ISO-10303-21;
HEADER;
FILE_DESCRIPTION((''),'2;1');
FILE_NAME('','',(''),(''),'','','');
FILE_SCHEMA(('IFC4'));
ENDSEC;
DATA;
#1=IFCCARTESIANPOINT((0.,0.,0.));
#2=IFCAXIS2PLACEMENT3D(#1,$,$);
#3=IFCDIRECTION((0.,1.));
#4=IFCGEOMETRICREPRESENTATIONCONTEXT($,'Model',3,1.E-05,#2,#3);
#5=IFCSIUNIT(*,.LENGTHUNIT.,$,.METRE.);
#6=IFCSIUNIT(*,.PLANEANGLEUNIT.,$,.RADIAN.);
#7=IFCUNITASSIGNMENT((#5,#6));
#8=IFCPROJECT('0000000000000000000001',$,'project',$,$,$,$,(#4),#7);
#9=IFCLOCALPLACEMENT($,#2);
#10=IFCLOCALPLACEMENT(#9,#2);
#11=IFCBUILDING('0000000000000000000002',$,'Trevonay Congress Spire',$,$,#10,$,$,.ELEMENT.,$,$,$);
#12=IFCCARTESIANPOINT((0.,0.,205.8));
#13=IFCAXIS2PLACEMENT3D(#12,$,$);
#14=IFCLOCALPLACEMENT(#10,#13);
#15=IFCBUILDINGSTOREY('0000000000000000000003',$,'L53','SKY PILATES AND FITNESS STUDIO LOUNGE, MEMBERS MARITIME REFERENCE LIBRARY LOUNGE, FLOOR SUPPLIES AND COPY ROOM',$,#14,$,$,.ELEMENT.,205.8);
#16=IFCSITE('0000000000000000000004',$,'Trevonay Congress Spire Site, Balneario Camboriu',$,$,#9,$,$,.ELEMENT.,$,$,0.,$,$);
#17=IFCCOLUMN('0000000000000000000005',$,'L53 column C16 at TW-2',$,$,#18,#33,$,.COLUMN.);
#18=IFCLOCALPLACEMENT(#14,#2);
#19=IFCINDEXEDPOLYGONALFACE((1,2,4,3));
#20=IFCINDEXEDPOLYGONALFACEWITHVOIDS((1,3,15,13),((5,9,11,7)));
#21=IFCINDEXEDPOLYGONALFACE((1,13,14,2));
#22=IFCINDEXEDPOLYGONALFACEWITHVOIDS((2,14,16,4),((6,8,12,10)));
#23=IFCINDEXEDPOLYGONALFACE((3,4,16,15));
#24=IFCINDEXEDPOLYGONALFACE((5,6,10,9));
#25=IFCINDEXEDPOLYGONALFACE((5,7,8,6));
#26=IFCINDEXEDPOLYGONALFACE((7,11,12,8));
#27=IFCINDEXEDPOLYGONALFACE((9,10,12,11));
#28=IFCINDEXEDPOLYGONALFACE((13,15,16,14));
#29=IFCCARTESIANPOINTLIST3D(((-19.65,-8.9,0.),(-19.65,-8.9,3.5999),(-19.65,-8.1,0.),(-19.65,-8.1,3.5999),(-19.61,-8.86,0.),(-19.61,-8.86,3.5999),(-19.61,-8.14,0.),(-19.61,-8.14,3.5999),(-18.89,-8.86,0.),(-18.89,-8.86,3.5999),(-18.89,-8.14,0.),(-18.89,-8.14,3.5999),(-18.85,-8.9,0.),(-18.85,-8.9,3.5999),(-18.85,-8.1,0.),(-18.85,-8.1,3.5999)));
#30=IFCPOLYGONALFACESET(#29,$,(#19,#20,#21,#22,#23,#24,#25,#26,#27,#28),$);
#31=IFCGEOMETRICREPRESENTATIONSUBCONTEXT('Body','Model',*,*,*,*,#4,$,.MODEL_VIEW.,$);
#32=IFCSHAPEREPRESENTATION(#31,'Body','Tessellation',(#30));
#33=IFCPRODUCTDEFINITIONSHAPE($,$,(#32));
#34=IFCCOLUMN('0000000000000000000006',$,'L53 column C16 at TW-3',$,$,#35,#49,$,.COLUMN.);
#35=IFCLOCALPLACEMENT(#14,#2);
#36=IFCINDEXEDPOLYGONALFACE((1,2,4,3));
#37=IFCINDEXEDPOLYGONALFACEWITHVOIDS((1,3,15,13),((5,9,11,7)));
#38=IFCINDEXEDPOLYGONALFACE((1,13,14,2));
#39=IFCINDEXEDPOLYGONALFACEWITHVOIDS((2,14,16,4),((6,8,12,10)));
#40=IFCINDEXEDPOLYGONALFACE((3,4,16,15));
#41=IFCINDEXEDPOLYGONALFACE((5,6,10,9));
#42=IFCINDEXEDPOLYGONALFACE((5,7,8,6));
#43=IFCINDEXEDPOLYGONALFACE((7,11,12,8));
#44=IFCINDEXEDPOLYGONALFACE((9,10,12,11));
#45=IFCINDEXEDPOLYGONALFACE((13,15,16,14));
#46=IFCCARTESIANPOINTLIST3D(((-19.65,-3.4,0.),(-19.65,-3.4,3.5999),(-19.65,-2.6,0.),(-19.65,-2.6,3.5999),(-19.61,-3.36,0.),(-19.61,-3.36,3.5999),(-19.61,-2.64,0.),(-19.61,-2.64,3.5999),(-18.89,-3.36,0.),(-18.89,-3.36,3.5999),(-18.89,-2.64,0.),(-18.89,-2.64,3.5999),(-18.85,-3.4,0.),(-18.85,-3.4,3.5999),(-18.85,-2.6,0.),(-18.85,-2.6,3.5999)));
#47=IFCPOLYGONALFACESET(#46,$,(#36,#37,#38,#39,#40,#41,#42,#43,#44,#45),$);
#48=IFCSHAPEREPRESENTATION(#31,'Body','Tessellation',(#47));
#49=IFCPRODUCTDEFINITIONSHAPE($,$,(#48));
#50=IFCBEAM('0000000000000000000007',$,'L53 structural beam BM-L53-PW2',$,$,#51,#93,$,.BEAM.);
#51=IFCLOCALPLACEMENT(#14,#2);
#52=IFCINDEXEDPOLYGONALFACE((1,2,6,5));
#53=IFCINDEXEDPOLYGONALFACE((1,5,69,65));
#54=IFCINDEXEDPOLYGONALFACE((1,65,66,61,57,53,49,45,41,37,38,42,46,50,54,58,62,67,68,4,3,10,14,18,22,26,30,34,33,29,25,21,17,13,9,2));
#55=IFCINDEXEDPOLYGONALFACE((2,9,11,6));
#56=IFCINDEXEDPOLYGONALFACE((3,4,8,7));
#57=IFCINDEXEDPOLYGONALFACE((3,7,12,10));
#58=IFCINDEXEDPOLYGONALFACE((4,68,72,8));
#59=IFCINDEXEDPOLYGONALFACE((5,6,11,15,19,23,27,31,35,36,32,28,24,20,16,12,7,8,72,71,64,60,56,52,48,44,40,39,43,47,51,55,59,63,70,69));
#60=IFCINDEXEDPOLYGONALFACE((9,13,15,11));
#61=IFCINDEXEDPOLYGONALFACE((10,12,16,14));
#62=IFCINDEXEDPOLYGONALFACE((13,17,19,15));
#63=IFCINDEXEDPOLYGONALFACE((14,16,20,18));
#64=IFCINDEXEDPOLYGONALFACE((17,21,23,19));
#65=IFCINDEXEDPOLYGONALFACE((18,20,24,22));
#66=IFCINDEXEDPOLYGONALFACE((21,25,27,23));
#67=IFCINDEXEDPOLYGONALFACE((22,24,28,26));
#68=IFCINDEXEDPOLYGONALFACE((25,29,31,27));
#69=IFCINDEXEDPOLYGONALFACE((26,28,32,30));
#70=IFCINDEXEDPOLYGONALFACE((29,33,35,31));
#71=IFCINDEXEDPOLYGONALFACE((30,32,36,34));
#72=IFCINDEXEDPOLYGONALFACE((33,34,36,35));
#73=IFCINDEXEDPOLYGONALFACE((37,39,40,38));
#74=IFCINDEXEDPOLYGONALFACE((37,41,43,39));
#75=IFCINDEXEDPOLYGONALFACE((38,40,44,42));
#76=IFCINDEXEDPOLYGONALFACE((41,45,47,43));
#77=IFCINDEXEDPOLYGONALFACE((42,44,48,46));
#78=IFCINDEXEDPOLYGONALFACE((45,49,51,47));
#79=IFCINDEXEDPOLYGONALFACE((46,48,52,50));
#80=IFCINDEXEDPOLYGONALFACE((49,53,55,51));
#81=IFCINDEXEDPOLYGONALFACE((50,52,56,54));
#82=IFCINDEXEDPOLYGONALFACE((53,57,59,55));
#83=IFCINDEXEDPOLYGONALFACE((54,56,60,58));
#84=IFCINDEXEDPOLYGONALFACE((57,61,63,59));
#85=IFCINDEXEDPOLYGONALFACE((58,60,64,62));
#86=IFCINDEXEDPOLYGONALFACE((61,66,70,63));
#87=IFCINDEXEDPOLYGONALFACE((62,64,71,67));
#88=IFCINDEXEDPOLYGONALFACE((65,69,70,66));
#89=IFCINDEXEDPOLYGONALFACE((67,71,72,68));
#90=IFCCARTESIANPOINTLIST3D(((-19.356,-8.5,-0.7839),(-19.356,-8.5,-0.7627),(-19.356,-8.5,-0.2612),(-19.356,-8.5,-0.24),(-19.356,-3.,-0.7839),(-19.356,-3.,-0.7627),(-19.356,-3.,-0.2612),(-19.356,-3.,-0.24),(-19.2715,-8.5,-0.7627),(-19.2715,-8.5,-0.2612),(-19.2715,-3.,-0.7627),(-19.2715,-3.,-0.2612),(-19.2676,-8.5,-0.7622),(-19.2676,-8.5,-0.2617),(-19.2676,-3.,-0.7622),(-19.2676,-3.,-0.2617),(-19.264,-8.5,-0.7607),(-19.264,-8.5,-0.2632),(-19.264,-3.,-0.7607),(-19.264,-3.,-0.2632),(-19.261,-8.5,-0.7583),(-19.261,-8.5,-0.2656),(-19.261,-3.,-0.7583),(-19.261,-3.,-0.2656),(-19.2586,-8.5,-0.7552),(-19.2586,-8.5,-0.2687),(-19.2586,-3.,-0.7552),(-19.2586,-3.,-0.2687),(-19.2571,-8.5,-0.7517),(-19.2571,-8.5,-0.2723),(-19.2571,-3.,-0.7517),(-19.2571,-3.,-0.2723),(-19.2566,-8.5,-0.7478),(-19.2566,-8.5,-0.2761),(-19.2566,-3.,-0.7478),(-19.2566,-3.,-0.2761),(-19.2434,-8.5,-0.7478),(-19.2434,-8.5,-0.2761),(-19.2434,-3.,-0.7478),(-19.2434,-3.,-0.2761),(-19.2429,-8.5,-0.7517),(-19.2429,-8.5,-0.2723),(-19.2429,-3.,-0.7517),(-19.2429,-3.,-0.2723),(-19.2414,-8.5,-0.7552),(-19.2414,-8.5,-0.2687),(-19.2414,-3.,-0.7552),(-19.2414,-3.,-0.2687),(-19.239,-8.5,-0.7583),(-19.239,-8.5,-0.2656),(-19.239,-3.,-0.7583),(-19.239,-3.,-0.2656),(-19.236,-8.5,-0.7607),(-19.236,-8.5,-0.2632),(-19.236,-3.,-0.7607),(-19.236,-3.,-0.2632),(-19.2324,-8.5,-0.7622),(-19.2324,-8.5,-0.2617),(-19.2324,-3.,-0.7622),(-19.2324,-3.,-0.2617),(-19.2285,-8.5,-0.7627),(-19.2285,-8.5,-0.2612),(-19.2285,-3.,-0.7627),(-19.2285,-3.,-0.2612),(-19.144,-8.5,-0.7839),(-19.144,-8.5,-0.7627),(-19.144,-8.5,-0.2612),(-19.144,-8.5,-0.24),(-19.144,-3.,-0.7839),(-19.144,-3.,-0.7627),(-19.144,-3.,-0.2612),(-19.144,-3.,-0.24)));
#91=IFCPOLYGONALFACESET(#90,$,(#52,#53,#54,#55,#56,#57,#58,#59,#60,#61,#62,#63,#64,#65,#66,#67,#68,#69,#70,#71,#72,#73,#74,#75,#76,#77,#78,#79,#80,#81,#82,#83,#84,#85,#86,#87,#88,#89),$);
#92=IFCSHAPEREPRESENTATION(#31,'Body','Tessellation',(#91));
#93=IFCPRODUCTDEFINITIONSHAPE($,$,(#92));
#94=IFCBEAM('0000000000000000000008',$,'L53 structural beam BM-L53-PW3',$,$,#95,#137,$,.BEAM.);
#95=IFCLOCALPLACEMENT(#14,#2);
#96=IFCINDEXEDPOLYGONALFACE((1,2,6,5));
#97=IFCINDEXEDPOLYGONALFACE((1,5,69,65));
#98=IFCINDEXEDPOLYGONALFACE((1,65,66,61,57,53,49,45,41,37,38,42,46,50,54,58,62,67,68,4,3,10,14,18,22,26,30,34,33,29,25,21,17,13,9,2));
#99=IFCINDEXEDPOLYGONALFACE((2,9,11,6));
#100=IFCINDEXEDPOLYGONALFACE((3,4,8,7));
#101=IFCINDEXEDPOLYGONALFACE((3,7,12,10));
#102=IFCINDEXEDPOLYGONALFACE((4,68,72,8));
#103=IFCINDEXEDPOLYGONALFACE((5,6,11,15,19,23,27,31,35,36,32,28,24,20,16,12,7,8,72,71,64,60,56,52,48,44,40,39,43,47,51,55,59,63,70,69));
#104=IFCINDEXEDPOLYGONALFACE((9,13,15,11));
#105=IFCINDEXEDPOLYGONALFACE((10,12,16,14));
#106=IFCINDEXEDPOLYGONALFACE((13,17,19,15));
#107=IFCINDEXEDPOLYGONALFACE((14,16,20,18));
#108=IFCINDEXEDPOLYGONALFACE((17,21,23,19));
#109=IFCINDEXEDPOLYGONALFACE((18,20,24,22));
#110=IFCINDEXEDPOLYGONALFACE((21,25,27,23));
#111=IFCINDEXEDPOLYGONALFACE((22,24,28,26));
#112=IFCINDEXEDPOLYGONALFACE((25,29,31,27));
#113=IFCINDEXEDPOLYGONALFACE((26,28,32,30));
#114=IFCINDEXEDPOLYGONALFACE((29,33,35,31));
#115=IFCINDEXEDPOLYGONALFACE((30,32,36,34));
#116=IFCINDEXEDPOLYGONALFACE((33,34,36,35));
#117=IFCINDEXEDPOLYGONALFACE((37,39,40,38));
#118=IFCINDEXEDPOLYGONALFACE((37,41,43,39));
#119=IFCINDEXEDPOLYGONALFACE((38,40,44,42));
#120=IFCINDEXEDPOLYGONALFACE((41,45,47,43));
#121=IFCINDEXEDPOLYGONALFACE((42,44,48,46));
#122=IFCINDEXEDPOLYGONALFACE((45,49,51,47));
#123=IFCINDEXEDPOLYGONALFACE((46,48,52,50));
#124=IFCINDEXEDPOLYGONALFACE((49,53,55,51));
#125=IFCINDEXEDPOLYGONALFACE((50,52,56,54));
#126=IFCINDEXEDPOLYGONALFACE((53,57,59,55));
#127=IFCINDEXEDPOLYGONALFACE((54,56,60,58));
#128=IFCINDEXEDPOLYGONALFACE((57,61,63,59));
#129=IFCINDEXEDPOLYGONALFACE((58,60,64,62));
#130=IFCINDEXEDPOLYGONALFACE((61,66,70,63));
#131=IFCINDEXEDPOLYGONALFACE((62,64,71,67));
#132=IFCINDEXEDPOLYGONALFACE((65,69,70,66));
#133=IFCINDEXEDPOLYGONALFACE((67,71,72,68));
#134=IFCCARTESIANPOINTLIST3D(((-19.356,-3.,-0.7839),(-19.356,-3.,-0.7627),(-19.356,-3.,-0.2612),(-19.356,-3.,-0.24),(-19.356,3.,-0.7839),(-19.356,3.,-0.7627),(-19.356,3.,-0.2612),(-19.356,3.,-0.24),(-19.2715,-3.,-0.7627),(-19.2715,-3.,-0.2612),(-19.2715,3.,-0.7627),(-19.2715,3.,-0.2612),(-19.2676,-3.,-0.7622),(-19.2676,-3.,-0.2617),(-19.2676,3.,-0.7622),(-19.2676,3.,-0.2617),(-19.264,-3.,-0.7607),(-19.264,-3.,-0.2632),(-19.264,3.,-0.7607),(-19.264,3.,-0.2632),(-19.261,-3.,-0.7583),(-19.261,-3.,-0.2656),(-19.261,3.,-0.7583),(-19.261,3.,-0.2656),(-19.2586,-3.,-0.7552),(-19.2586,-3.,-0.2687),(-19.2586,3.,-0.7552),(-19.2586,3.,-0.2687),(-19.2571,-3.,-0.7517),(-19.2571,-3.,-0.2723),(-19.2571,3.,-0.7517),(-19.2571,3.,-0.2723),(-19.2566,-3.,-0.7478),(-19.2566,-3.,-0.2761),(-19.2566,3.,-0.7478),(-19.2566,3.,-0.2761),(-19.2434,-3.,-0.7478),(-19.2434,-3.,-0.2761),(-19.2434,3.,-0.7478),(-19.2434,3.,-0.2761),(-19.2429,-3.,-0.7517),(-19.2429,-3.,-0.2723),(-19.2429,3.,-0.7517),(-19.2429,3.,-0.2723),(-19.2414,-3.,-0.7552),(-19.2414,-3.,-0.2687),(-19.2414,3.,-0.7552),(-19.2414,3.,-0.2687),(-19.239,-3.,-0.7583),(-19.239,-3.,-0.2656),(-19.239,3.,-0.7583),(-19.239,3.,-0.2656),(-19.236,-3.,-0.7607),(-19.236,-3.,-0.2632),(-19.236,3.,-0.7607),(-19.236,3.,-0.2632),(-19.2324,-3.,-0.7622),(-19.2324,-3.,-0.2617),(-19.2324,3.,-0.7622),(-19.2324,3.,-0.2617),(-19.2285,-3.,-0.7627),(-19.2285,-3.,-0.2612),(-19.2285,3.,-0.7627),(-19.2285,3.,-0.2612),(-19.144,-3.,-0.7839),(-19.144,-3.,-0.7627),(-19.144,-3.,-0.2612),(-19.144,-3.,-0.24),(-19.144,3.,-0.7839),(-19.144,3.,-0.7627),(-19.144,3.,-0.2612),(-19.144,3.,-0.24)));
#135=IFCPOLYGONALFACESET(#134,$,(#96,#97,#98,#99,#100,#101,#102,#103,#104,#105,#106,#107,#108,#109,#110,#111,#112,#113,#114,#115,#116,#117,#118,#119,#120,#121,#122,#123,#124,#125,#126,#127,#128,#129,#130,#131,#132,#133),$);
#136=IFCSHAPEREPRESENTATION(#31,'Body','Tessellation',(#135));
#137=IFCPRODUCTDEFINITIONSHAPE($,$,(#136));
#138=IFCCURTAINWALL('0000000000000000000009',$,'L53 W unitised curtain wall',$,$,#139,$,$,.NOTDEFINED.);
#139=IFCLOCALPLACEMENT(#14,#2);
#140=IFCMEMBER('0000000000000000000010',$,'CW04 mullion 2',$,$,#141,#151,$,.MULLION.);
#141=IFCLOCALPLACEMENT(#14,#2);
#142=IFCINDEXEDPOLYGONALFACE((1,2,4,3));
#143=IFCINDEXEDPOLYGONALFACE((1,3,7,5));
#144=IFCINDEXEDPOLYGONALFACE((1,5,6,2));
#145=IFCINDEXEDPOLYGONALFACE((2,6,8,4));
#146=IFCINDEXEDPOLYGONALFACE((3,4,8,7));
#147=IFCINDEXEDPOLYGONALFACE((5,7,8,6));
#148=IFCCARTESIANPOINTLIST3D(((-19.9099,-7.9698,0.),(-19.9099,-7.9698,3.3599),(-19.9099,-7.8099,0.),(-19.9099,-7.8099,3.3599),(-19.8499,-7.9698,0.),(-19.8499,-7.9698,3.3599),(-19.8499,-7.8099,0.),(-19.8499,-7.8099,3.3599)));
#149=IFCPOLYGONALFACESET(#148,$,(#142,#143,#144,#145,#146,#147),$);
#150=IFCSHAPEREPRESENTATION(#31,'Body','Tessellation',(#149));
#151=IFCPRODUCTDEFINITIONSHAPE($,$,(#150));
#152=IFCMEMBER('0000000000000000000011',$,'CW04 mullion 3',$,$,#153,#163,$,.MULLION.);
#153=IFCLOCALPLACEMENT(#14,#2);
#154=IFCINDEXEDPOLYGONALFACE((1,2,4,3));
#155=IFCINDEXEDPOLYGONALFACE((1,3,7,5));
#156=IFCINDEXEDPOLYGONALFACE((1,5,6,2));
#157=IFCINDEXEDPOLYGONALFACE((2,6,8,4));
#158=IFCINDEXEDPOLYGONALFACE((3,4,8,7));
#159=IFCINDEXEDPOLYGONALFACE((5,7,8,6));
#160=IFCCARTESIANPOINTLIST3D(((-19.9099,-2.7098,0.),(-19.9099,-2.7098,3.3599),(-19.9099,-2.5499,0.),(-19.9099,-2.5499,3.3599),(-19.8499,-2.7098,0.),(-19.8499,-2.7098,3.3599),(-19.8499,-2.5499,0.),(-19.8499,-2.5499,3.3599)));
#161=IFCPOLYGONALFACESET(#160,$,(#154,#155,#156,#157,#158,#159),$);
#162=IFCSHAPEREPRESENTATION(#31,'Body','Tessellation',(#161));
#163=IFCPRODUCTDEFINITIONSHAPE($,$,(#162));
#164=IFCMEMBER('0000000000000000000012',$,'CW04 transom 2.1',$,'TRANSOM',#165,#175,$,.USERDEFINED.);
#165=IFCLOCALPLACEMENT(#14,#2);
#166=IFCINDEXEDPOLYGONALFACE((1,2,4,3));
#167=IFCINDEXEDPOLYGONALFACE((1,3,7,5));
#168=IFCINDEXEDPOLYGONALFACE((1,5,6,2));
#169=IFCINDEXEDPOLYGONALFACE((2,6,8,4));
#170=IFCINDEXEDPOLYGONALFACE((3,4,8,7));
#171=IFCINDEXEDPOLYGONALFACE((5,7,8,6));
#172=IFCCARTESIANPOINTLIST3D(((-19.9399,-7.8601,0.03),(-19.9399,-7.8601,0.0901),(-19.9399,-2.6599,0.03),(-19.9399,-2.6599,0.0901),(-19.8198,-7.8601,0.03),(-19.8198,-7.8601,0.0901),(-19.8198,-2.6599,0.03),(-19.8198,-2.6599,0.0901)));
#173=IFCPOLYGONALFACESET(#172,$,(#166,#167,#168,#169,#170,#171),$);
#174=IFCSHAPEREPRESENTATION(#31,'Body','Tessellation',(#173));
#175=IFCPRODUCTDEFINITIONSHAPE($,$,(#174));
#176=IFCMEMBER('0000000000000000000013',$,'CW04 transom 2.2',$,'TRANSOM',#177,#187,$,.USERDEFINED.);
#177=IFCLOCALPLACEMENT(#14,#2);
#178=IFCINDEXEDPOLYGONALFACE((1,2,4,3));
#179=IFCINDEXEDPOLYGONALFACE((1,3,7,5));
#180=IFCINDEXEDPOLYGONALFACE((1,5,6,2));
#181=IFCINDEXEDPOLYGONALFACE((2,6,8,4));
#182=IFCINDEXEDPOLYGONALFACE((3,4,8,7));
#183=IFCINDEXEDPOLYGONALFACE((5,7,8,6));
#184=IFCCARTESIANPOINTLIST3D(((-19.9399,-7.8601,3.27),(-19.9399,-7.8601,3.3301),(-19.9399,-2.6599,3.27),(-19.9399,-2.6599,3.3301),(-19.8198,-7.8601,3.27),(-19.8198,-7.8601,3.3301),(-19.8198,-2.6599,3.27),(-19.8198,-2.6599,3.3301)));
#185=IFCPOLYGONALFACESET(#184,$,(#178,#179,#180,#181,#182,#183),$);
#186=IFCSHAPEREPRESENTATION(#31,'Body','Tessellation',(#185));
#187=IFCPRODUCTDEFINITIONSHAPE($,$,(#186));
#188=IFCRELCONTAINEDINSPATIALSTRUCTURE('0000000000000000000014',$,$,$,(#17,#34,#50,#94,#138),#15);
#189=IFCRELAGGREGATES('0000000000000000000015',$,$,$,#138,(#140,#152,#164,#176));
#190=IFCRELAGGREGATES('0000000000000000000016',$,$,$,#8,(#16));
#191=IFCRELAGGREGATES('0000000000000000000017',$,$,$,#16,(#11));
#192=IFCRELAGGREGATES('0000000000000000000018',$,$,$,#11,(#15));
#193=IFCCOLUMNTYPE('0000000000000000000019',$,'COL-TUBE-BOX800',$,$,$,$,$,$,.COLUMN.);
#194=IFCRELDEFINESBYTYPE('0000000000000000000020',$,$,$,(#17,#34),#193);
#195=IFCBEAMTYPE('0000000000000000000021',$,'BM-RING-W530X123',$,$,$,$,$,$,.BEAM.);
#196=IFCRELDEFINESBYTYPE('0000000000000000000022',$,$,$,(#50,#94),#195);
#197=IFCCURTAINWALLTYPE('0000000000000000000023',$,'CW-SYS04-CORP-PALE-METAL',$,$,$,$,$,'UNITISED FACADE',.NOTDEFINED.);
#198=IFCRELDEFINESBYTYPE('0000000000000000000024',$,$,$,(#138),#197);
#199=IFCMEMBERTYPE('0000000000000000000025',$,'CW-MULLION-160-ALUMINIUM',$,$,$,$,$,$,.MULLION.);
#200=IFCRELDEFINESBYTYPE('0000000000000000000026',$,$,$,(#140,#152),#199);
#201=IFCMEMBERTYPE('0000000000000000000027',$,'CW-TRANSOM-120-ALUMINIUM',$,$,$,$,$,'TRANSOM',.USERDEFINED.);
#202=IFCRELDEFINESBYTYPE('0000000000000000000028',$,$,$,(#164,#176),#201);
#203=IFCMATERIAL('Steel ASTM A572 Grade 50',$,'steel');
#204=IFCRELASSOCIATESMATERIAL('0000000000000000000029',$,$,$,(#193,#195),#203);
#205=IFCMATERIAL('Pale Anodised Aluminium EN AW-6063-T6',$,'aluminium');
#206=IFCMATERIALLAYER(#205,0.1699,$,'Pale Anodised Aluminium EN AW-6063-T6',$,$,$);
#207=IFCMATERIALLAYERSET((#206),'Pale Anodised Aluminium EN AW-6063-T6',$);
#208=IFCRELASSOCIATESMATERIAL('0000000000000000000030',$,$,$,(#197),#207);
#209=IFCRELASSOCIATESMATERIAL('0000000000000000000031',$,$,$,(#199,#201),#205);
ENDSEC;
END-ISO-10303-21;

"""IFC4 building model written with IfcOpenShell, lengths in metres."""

from ifc_helpers import new_model, si_unit, direction, frame, origin, origin_2d, place, context, subcontext, project, spatial, rectangle, hollow_rectangle, i_section, extrude, material, layer, layer_set, material_profile, profile_set, type_object, element, aggregate, save


model = new_model("IFC4")

# Units and contexts
model_context = context("Model", 3, precision=1e-05, world=origin(), true_north=direction((0.0, 1.0)))
body_context = subcontext(model_context, "Body", "Model", "MODEL_VIEW")
ifc_project = project(units=[si_unit("LENGTHUNIT", "METRE"), si_unit("PLANEANGLEUNIT", "RADIAN")], contexts=[model_context])

# Site, building, storey
site_placement = place(None, origin())
site = spatial("IfcSite", under=ifc_project, at=site_placement, Name="Trevonay Congress Spire Site, Balneario Camboriu", CompositionType="ELEMENT", RefElevation=0.0)
building_placement = place(site_placement, origin())
building = spatial("IfcBuilding", under=site, at=building_placement, Name="Trevonay Congress Spire", CompositionType="ELEMENT")
storey_placement = place(building_placement, frame((0.0, 0.0, 205.8)))
storey = spatial("IfcBuildingStorey", under=building, at=storey_placement, Name="L53", Description="SKY PILATES AND FITNESS STUDIO LOUNGE, MEMBERS MARITIME REFERENCE LIBRARY LOUNGE, FLOOR SUPPLIES AND COPY ROOM", CompositionType="ELEMENT", Elevation=205.8)

# Columns
ifc_material_1 = material(Name="Steel ASTM A572 Grade 50", Category="steel")
ifc_material_profile_1 = material_profile(ifc_material_1, hollow_rectangle(XDim=0.8, YDim=0.8, WallThickness=0.04, at=origin_2d()), Name="BOX 800x800x40")
ifc_profile_set_1 = profile_set([ifc_material_profile_1], Name="Steel ASTM A572 Grade 50")
column_type = type_object("IfcColumnType", Name="COL-TUBE-BOX800", PredefinedType="COLUMN", material=ifc_profile_set_1)
for number, where, z_axis, x_axis, name in (
    (1, (-19.25, -8.5, 0.0), (0.0, 0.0, 1.0), (1.0, 0.0, 0.0), "L53 column C16 at TW-2"),
    (2, (-19.25, -3.0, 0.0), (0.0, 0.0, 1.0), (1.0, 0.0, 0.0), "L53 column C16 at TW-3"),
):
    element("IfcColumn", number, at=place(storey_placement, frame(where, z_axis=z_axis, x_axis=x_axis)), inside=storey, type_object=column_type, Name=name, PredefinedType="COLUMN", context=body_context, shape_type="SweptSolid", body=[
        extrude(hollow_rectangle(XDim=0.8, YDim=0.8, WallThickness=0.04, at=origin_2d()), origin(), (0.0, 0.0, 1.0), 3.5999),
    ])

# Beams
ifc_material_profile_2 = material_profile(ifc_material_1, i_section(OverallWidth=0.2119, OverallDepth=0.5439, WebThickness=0.0132, FlangeThickness=0.0212, FilletRadius=0.0149, at=origin_2d()), Name="W530x123")
ifc_profile_set_2 = profile_set([ifc_material_profile_2], Name="Steel ASTM A572 Grade 50")
beam_type_1 = type_object("IfcBeamType", Name="BM-RING-W530X123", PredefinedType="BEAM", material=ifc_profile_set_2)
beam_1_placement = place(storey_placement, frame((-19.25, -8.5, -0.512), z_axis=(0.0, 1.0, 0.0), x_axis=(-1.0, 0.0, 0.0)))
element("IfcBeam", 3, at=beam_1_placement, inside=storey, type_object=beam_type_1, Name="L53 structural beam BM-L53-PW2", PredefinedType="BEAM", context=body_context, shape_type="SweptSolid", body=[
    extrude(i_section(OverallWidth=0.2119, OverallDepth=0.5439, WebThickness=0.0132, FlangeThickness=0.0212, FilletRadius=0.0149, at=origin_2d()), origin(), (0.0, 0.0, 1.0), 5.5),
])
beam_2_placement = place(storey_placement, frame((-19.25, -3.0, -0.512), z_axis=(0.0, 1.0, 0.0), x_axis=(-1.0, 0.0, 0.0)))
element("IfcBeam", 4, at=beam_2_placement, inside=storey, type_object=beam_type_1, Name="L53 structural beam BM-L53-PW3", PredefinedType="BEAM", context=body_context, shape_type="SweptSolid", body=[
    extrude(i_section(OverallWidth=0.2119, OverallDepth=0.5439, WebThickness=0.0132, FlangeThickness=0.0212, FilletRadius=0.0149, at=origin_2d()), origin(), (0.0, 0.0, 1.0), 6.0),
])

# Curtain wall, members
ifc_material_2 = material(Name="Pale Anodised Aluminium EN AW-6063-T6", Category="aluminium")
ifc_layer_1 = layer(ifc_material_2, 0.1699, Name="Pale Anodised Aluminium EN AW-6063-T6")
ifc_layer_set_1 = layer_set([ifc_layer_1], Name="Pale Anodised Aluminium EN AW-6063-T6")
curtain_wall_type = type_object("IfcCurtainWallType", Name="CW-SYS04-CORP-PALE-METAL", ElementType="UNITISED FACADE", PredefinedType="NOTDEFINED", material=ifc_layer_set_1)
curtain_wall_placement = place(storey_placement, origin())
curtain_wall = element("IfcCurtainWall", 5, at=curtain_wall_placement, inside=storey, type_object=curtain_wall_type, Name="L53 W unitised curtain wall", PredefinedType="NOTDEFINED")
ifc_material_profile_3 = material_profile(ifc_material_2, rectangle(XDim=0.0601, YDim=0.1599, at=origin_2d()), Name="CW-MULLION-160-ALUMINIUM")
ifc_profile_set_3 = profile_set([ifc_material_profile_3], Name="Pale Anodised Aluminium EN AW-6063-T6")
member_type_1 = type_object("IfcMemberType", Name="CW-MULLION-160-ALUMINIUM", PredefinedType="MULLION", material=ifc_profile_set_3)
member_1_placement = place(storey_placement, frame((-19.8799, -7.8899, 0.0), z_axis=(0.0, 0.0, 1.0), x_axis=(-1.0, 0.0, 0.0)))
member_1 = element("IfcMember", 6, at=member_1_placement, type_object=member_type_1, Name="CW04 mullion 2", PredefinedType="MULLION", context=body_context, shape_type="SweptSolid", body=[
    extrude(rectangle(XDim=0.0601, YDim=0.1599, at=origin_2d()), origin(), (0.0, 0.0, 1.0), 3.3599),
])
member_2_placement = place(storey_placement, frame((-19.8799, -2.6299, 0.0), z_axis=(0.0, 0.0, 1.0), x_axis=(-1.0, 0.0, 0.0)))
member_2 = element("IfcMember", 7, at=member_2_placement, type_object=member_type_1, Name="CW04 mullion 3", PredefinedType="MULLION", context=body_context, shape_type="SweptSolid", body=[
    extrude(rectangle(XDim=0.0601, YDim=0.1599, at=origin_2d()), origin(), (0.0, 0.0, 1.0), 3.3599),
])
ifc_material_profile_4 = material_profile(ifc_material_2, rectangle(XDim=0.1201, YDim=0.0601, at=origin_2d()), Name="CW-TRANSOM-120-ALUMINIUM")
ifc_profile_set_4 = profile_set([ifc_material_profile_4], Name="Pale Anodised Aluminium EN AW-6063-T6")
member_type_2 = type_object("IfcMemberType", Name="CW-TRANSOM-120-ALUMINIUM", ElementType="TRANSOM", PredefinedType="USERDEFINED", material=ifc_profile_set_4)
member_3_placement = place(storey_placement, frame((-19.8799, -7.8601, 0.0601), z_axis=(0.0, 1.0, 0.0), x_axis=(-1.0, 0.0, 0.0)))
member_3 = element("IfcMember", 8, at=member_3_placement, type_object=member_type_2, Name="CW04 transom 2.1", ObjectType="TRANSOM", PredefinedType="USERDEFINED", context=body_context, shape_type="SweptSolid", body=[
    extrude(rectangle(XDim=0.1201, YDim=0.0601, at=origin_2d()), origin(), (0.0, 0.0, 1.0), 5.2002),
])
member_4_placement = place(storey_placement, frame((-19.8799, -7.8601, 3.3), z_axis=(0.0, 1.0, 0.0), x_axis=(-1.0, 0.0, 0.0)))
member_4 = element("IfcMember", 9, at=member_4_placement, type_object=member_type_2, Name="CW04 transom 2.2", ObjectType="TRANSOM", PredefinedType="USERDEFINED", context=body_context, shape_type="SweptSolid", body=[
    extrude(rectangle(XDim=0.1201, YDim=0.0601, at=origin_2d()), origin(), (0.0, 0.0, 1.0), 5.2002),
])

aggregate(curtain_wall, [member_1, member_2, member_3, member_4])

save(model, "model.ifc")
